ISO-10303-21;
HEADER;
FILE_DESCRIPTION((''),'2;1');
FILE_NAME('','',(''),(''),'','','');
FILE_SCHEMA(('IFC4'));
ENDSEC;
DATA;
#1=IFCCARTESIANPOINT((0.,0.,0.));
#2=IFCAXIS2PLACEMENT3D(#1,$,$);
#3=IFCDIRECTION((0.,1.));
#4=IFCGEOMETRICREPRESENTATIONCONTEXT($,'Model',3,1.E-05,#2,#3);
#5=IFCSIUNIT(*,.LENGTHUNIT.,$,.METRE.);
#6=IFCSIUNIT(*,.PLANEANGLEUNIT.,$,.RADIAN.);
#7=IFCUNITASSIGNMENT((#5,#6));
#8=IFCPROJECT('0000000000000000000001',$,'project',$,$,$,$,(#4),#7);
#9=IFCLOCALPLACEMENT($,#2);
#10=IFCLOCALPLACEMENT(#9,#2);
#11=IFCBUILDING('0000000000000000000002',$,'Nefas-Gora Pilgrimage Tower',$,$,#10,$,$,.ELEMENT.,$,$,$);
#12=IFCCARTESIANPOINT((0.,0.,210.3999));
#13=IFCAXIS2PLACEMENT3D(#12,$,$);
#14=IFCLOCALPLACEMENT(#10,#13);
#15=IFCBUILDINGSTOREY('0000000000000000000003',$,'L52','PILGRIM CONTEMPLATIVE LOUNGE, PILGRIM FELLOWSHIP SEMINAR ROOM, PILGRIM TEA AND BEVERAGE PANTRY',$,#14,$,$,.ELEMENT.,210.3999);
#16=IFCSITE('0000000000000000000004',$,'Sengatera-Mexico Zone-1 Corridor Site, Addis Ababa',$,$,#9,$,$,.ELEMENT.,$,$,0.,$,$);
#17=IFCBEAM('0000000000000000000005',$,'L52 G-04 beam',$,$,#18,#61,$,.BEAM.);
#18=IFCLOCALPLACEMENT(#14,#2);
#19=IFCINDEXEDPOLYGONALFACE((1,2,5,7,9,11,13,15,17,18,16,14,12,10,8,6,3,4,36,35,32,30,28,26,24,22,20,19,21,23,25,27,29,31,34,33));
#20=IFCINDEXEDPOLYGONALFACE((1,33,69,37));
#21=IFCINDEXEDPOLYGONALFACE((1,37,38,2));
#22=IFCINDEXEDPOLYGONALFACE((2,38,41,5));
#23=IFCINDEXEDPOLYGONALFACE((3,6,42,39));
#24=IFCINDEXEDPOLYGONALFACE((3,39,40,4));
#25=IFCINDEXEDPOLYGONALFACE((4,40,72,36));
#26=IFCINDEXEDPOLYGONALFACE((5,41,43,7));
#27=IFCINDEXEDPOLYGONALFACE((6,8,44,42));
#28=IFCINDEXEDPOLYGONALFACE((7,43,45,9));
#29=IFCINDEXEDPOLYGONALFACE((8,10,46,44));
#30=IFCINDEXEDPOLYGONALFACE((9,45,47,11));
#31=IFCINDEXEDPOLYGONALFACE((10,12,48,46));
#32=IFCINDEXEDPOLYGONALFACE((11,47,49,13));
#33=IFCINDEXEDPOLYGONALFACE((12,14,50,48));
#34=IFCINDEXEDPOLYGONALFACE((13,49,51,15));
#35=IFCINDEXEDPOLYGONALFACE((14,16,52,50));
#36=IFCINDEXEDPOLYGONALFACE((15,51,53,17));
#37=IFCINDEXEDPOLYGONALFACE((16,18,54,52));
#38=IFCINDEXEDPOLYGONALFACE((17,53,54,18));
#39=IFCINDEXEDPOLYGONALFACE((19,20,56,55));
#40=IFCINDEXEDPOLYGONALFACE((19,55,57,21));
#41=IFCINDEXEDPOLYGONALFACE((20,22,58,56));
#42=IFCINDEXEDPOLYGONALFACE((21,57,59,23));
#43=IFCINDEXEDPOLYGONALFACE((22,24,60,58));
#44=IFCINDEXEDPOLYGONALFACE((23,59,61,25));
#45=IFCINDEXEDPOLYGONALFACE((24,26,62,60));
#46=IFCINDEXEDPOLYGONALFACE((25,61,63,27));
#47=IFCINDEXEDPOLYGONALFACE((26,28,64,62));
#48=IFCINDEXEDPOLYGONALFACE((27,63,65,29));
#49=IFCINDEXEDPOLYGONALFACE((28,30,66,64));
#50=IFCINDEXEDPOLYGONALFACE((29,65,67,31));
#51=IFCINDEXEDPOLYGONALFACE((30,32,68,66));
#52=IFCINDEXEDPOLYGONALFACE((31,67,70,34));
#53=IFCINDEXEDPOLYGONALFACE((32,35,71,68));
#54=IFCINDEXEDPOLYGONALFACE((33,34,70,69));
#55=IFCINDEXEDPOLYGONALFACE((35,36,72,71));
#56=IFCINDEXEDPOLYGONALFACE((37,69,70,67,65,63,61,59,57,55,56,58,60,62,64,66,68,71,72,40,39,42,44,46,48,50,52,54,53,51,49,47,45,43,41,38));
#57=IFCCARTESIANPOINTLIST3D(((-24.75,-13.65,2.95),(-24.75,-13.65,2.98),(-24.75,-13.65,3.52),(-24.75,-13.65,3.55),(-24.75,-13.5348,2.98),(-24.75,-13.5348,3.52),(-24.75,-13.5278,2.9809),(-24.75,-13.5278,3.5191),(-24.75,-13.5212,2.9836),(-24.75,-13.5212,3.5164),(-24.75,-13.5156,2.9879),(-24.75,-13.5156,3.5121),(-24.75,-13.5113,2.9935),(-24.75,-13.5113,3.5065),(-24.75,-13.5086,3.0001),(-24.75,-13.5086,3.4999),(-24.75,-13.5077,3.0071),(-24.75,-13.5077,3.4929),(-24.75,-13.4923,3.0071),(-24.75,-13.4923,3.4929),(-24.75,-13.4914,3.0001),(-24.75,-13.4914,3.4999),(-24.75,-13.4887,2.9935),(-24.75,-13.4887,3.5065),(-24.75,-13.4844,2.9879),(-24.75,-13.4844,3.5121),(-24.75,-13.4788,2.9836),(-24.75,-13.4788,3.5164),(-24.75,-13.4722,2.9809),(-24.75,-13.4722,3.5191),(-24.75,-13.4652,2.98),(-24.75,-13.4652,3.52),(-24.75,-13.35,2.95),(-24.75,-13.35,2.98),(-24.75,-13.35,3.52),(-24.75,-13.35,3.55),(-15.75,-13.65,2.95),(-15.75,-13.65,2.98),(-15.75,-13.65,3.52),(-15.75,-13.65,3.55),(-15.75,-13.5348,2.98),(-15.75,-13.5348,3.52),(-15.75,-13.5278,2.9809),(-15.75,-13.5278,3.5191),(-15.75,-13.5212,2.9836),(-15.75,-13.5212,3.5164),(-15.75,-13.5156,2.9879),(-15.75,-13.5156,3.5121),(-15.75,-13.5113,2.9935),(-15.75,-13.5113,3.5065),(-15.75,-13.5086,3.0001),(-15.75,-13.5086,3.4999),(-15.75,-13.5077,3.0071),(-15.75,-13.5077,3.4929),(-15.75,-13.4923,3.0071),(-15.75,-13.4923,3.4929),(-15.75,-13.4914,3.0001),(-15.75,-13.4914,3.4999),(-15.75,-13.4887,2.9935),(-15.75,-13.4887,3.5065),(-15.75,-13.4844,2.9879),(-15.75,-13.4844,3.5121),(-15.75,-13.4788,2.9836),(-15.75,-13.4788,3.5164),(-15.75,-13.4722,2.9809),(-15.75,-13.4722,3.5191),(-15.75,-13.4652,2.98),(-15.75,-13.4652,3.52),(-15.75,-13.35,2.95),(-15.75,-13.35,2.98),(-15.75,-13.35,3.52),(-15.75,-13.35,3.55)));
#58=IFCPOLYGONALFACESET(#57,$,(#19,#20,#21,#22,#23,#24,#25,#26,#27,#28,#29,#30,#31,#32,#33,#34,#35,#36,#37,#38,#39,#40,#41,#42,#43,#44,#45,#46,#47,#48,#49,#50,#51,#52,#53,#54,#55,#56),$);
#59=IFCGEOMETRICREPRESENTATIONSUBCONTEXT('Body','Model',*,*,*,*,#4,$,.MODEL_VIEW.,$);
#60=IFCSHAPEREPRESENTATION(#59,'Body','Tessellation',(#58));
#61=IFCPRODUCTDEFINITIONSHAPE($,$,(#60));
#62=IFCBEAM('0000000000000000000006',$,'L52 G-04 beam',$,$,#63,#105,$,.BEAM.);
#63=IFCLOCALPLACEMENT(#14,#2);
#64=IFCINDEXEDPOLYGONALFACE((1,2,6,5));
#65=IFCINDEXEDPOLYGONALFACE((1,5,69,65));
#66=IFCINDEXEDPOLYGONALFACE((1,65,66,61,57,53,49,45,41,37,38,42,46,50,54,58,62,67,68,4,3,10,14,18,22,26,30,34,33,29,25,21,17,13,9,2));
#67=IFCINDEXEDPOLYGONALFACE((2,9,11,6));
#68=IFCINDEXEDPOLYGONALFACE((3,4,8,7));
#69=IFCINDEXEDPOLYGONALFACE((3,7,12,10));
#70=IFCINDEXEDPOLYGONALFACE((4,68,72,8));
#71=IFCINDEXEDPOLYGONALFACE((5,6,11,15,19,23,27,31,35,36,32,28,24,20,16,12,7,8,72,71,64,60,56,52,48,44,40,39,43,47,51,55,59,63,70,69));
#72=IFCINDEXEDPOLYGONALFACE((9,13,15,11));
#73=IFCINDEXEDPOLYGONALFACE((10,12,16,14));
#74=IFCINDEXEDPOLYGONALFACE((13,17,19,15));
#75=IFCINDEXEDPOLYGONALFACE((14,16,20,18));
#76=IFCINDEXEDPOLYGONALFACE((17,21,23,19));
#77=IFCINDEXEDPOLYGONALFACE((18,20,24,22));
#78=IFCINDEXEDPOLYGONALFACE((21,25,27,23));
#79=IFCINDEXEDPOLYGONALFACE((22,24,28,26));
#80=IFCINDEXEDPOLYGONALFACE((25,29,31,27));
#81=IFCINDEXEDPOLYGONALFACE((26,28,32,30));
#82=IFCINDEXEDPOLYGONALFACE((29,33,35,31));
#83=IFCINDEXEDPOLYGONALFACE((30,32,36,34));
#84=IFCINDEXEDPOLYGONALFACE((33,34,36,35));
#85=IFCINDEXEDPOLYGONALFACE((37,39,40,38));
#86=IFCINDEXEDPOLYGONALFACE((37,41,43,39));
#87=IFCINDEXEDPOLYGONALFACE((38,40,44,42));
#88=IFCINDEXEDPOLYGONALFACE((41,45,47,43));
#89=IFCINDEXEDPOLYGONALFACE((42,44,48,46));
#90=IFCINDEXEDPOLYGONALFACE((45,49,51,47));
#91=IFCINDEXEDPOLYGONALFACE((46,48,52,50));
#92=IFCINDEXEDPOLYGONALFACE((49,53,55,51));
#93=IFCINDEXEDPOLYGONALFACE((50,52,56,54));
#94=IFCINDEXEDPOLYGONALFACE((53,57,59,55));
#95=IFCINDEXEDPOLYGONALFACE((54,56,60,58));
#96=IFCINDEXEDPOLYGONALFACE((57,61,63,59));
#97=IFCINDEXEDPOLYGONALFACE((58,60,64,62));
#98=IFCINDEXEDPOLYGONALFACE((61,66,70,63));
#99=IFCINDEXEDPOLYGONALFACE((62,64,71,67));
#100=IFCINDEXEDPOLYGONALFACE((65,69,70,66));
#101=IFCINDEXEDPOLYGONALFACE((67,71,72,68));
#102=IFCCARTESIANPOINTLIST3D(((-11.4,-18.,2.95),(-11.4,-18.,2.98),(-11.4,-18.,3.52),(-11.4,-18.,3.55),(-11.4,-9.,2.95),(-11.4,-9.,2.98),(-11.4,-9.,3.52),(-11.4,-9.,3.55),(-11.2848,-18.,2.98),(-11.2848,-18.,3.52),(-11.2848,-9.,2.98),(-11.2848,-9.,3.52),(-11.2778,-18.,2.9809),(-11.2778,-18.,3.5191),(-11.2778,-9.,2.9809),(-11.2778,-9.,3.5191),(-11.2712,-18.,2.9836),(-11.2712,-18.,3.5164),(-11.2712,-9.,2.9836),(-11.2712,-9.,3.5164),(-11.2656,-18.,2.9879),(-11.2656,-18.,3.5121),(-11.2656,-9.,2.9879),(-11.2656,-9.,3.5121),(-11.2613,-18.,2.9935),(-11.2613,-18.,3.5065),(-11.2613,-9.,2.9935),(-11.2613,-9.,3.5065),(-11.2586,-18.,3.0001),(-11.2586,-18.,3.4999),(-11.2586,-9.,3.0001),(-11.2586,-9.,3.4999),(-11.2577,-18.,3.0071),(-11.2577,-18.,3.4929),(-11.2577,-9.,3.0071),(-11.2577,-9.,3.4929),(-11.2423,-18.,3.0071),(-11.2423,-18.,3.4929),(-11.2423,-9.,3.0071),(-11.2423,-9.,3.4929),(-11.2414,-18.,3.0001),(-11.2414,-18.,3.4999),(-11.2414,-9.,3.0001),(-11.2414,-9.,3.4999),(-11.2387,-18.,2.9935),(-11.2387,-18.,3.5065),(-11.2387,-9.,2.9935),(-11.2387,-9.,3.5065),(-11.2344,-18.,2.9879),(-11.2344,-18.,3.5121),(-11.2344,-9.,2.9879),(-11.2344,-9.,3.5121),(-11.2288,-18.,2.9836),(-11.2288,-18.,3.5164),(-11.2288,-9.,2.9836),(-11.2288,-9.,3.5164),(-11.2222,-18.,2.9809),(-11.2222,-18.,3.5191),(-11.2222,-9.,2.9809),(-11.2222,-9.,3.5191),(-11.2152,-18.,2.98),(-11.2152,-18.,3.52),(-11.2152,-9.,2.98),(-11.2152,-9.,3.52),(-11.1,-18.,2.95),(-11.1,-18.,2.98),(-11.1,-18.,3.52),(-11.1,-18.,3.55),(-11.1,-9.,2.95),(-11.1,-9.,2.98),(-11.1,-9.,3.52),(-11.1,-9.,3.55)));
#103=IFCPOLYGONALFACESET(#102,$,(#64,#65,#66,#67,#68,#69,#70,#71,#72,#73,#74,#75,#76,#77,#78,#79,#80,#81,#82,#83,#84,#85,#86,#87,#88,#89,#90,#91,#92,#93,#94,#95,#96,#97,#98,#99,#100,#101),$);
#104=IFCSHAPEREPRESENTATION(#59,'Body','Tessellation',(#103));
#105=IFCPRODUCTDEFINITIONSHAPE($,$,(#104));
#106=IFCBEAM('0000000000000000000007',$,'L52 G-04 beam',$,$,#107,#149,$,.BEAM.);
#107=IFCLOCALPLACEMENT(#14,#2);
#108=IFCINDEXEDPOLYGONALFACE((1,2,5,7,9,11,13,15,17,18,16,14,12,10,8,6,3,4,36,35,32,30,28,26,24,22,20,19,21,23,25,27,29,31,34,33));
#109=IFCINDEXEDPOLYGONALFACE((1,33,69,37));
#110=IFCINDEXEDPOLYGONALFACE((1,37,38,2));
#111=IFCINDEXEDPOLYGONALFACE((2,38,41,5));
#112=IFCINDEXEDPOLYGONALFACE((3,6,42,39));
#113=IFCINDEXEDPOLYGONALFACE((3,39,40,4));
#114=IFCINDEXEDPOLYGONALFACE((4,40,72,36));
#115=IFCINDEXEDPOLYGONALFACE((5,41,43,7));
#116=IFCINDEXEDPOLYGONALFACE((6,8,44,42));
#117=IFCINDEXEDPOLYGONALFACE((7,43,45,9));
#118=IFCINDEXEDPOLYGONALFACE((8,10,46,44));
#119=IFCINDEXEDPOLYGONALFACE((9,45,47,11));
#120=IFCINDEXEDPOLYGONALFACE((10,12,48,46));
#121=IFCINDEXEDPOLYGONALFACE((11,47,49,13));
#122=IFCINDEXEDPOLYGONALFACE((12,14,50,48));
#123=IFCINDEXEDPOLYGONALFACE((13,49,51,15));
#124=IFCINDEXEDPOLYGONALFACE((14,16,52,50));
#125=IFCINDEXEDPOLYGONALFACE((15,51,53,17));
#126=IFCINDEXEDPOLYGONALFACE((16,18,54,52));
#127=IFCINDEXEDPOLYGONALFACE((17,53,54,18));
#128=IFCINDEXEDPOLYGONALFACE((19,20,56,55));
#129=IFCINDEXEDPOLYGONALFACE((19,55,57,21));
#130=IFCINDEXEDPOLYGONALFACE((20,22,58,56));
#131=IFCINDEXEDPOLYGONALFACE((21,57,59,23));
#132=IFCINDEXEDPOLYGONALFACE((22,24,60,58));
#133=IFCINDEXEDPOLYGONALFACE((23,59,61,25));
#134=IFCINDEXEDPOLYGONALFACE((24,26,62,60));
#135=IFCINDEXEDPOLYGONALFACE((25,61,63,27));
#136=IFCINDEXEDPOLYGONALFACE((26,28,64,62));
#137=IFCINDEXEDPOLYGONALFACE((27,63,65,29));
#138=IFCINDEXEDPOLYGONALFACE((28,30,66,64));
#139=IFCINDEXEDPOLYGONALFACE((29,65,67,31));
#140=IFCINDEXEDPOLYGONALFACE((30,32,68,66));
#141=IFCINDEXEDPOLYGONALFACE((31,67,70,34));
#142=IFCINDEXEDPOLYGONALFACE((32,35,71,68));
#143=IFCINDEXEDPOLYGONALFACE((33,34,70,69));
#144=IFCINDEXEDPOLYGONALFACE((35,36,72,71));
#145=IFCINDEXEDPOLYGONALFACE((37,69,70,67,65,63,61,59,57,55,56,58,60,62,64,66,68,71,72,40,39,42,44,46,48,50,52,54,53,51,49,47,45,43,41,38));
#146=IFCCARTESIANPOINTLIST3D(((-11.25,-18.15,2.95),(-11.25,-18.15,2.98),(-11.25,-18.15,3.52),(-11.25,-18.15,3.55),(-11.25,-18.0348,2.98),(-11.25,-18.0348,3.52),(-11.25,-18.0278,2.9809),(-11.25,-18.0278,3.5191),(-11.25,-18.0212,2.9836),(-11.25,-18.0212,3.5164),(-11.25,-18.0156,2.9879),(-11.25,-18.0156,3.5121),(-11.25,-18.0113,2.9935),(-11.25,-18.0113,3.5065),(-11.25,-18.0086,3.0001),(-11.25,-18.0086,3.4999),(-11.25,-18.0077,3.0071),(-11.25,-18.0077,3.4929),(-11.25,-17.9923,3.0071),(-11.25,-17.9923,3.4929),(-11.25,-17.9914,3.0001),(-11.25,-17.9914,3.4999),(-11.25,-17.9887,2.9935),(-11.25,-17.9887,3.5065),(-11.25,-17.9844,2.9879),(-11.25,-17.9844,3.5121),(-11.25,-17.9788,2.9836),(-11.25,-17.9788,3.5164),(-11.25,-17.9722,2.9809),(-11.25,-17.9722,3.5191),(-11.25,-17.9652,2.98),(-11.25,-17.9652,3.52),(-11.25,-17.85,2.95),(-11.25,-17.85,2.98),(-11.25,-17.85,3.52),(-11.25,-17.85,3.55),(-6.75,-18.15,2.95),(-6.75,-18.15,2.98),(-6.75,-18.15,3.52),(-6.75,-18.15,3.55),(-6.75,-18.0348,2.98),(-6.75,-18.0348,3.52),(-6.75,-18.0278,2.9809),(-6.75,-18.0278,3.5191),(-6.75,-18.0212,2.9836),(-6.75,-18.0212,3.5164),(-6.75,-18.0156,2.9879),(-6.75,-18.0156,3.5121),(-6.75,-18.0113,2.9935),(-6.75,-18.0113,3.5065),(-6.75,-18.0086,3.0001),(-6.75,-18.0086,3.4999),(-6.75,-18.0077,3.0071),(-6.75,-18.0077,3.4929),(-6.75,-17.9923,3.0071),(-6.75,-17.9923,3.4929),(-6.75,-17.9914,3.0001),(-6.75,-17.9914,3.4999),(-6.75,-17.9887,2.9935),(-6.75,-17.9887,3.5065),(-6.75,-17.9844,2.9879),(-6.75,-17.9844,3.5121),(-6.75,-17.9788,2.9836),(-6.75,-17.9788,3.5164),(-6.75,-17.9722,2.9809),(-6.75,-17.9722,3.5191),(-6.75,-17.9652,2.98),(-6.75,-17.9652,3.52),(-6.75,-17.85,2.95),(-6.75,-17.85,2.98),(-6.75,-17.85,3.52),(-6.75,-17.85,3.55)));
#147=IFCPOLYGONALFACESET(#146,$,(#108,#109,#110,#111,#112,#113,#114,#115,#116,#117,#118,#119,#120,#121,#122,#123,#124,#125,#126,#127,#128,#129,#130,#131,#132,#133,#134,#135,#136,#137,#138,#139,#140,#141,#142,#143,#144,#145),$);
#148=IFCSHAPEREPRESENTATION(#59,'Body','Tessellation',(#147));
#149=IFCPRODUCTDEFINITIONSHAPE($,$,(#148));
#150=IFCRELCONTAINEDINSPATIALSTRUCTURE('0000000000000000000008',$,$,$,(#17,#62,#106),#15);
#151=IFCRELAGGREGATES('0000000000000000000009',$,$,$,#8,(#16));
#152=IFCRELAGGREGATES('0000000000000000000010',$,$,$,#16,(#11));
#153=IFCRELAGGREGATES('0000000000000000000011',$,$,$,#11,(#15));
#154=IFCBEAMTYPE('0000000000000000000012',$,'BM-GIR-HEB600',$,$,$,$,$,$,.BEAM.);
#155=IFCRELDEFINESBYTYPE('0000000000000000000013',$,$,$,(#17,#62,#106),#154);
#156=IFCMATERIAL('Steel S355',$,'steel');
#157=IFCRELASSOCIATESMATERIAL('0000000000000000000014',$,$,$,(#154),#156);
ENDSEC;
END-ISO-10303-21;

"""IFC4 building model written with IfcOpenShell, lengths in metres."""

from ifc_helpers import new_model, si_unit, direction, frame, origin, origin_2d, place, context, subcontext, project, spatial, i_section, extrude, source, transform, mapped, material, material_profile, profile_set, type_object, element, save


model = new_model("IFC4")

# Units and contexts
model_context = context("Model", 3, precision=1e-05, world=origin(), true_north=direction((0.0, 1.0)))
body_context = subcontext(model_context, "Body", "Model", "MODEL_VIEW")
ifc_project = project(units=[si_unit("LENGTHUNIT", "METRE"), si_unit("PLANEANGLEUNIT", "RADIAN")], contexts=[model_context])

# Site, building, storey
site_placement = place(None, origin())
site = spatial("IfcSite", under=ifc_project, at=site_placement, Name="Sengatera-Mexico Zone-1 Corridor Site, Addis Ababa", CompositionType="ELEMENT", RefElevation=0.0)
building_placement = place(site_placement, origin())
building = spatial("IfcBuilding", under=site, at=building_placement, Name="Nefas-Gora Pilgrimage Tower", CompositionType="ELEMENT")
storey_placement = place(building_placement, frame((0.0, 0.0, 210.3999)))
storey = spatial("IfcBuildingStorey", under=building, at=storey_placement, Name="L52", Description="PILGRIM CONTEMPLATIVE LOUNGE, PILGRIM FELLOWSHIP SEMINAR ROOM, PILGRIM TEA AND BEVERAGE PANTRY", CompositionType="ELEMENT", Elevation=210.3999)

# Beams
ifc_material_1 = material(Name="Steel S355", Category="steel")
ifc_material_profile_1 = material_profile(ifc_material_1, i_section(OverallWidth=0.3, OverallDepth=0.6001, WebThickness=0.0154, FlangeThickness=0.03, FilletRadius=0.0271, at=origin_2d()), Name="HEB 600")
ifc_profile_set_1 = profile_set([ifc_material_profile_1], Name="Steel S355")
beam_type_1 = type_object("IfcBeamType", Name="BM-GIR-HEB600", PredefinedType="BEAM", material=ifc_profile_set_1)
shared_shape_1 = source(origin(), body_context, "Body", "SweptSolid", [
    extrude(i_section(OverallWidth=0.3, OverallDepth=0.6001, WebThickness=0.0154, FlangeThickness=0.03, FilletRadius=0.0271, at=origin_2d()), origin(), (0.0, 0.0, 1.0), 9.0),
])
for number, where, z_axis, x_axis, name in (
    (1, (-24.75, -13.5, 3.25), (1.0, 0.0, 0.0), (0.0, 1.0, 0.0), "L52 G-04 beam"),
    (2, (-11.25, -18.0, 3.25), (0.0, 1.0, 0.0), (-1.0, 0.0, 0.0), "L52 G-04 beam"),
):
    element("IfcBeam", number, at=place(storey_placement, frame(where, z_axis=z_axis, x_axis=x_axis)), inside=storey, type_object=beam_type_1, Name=name, PredefinedType="BEAM", context=body_context, shape_type="MappedRepresentation", body=[
        mapped(shared_shape_1, transform((0.0, 0.0, 0.0), x_axis=(1.0, 0.0, 0.0), y_axis=(0.0, 1.0, 0.0), z_axis=(0.0, 0.0, 1.0), scale=1.0)),
    ])
shared_shape_2 = source(origin(), body_context, "Body", "SweptSolid", [
    extrude(i_section(OverallWidth=0.3, OverallDepth=0.6001, WebThickness=0.0154, FlangeThickness=0.03, FilletRadius=0.0271, at=origin_2d()), origin(), (0.0, 0.0, 1.0), 4.5),
])
beam_1_placement = place(storey_placement, frame((-11.25, -18.0, 3.25), z_axis=(1.0, 0.0, 0.0), x_axis=(0.0, 1.0, 0.0)))
element("IfcBeam", 3, at=beam_1_placement, inside=storey, type_object=beam_type_1, Name="L52 G-04 beam", PredefinedType="BEAM", context=body_context, shape_type="MappedRepresentation", body=[
    mapped(shared_shape_2, transform((0.0, 0.0, 0.0), x_axis=(1.0, 0.0, 0.0), y_axis=(0.0, 1.0, 0.0), z_axis=(0.0, 0.0, 1.0), scale=1.0)),
])

save(model, "model.ifc")
